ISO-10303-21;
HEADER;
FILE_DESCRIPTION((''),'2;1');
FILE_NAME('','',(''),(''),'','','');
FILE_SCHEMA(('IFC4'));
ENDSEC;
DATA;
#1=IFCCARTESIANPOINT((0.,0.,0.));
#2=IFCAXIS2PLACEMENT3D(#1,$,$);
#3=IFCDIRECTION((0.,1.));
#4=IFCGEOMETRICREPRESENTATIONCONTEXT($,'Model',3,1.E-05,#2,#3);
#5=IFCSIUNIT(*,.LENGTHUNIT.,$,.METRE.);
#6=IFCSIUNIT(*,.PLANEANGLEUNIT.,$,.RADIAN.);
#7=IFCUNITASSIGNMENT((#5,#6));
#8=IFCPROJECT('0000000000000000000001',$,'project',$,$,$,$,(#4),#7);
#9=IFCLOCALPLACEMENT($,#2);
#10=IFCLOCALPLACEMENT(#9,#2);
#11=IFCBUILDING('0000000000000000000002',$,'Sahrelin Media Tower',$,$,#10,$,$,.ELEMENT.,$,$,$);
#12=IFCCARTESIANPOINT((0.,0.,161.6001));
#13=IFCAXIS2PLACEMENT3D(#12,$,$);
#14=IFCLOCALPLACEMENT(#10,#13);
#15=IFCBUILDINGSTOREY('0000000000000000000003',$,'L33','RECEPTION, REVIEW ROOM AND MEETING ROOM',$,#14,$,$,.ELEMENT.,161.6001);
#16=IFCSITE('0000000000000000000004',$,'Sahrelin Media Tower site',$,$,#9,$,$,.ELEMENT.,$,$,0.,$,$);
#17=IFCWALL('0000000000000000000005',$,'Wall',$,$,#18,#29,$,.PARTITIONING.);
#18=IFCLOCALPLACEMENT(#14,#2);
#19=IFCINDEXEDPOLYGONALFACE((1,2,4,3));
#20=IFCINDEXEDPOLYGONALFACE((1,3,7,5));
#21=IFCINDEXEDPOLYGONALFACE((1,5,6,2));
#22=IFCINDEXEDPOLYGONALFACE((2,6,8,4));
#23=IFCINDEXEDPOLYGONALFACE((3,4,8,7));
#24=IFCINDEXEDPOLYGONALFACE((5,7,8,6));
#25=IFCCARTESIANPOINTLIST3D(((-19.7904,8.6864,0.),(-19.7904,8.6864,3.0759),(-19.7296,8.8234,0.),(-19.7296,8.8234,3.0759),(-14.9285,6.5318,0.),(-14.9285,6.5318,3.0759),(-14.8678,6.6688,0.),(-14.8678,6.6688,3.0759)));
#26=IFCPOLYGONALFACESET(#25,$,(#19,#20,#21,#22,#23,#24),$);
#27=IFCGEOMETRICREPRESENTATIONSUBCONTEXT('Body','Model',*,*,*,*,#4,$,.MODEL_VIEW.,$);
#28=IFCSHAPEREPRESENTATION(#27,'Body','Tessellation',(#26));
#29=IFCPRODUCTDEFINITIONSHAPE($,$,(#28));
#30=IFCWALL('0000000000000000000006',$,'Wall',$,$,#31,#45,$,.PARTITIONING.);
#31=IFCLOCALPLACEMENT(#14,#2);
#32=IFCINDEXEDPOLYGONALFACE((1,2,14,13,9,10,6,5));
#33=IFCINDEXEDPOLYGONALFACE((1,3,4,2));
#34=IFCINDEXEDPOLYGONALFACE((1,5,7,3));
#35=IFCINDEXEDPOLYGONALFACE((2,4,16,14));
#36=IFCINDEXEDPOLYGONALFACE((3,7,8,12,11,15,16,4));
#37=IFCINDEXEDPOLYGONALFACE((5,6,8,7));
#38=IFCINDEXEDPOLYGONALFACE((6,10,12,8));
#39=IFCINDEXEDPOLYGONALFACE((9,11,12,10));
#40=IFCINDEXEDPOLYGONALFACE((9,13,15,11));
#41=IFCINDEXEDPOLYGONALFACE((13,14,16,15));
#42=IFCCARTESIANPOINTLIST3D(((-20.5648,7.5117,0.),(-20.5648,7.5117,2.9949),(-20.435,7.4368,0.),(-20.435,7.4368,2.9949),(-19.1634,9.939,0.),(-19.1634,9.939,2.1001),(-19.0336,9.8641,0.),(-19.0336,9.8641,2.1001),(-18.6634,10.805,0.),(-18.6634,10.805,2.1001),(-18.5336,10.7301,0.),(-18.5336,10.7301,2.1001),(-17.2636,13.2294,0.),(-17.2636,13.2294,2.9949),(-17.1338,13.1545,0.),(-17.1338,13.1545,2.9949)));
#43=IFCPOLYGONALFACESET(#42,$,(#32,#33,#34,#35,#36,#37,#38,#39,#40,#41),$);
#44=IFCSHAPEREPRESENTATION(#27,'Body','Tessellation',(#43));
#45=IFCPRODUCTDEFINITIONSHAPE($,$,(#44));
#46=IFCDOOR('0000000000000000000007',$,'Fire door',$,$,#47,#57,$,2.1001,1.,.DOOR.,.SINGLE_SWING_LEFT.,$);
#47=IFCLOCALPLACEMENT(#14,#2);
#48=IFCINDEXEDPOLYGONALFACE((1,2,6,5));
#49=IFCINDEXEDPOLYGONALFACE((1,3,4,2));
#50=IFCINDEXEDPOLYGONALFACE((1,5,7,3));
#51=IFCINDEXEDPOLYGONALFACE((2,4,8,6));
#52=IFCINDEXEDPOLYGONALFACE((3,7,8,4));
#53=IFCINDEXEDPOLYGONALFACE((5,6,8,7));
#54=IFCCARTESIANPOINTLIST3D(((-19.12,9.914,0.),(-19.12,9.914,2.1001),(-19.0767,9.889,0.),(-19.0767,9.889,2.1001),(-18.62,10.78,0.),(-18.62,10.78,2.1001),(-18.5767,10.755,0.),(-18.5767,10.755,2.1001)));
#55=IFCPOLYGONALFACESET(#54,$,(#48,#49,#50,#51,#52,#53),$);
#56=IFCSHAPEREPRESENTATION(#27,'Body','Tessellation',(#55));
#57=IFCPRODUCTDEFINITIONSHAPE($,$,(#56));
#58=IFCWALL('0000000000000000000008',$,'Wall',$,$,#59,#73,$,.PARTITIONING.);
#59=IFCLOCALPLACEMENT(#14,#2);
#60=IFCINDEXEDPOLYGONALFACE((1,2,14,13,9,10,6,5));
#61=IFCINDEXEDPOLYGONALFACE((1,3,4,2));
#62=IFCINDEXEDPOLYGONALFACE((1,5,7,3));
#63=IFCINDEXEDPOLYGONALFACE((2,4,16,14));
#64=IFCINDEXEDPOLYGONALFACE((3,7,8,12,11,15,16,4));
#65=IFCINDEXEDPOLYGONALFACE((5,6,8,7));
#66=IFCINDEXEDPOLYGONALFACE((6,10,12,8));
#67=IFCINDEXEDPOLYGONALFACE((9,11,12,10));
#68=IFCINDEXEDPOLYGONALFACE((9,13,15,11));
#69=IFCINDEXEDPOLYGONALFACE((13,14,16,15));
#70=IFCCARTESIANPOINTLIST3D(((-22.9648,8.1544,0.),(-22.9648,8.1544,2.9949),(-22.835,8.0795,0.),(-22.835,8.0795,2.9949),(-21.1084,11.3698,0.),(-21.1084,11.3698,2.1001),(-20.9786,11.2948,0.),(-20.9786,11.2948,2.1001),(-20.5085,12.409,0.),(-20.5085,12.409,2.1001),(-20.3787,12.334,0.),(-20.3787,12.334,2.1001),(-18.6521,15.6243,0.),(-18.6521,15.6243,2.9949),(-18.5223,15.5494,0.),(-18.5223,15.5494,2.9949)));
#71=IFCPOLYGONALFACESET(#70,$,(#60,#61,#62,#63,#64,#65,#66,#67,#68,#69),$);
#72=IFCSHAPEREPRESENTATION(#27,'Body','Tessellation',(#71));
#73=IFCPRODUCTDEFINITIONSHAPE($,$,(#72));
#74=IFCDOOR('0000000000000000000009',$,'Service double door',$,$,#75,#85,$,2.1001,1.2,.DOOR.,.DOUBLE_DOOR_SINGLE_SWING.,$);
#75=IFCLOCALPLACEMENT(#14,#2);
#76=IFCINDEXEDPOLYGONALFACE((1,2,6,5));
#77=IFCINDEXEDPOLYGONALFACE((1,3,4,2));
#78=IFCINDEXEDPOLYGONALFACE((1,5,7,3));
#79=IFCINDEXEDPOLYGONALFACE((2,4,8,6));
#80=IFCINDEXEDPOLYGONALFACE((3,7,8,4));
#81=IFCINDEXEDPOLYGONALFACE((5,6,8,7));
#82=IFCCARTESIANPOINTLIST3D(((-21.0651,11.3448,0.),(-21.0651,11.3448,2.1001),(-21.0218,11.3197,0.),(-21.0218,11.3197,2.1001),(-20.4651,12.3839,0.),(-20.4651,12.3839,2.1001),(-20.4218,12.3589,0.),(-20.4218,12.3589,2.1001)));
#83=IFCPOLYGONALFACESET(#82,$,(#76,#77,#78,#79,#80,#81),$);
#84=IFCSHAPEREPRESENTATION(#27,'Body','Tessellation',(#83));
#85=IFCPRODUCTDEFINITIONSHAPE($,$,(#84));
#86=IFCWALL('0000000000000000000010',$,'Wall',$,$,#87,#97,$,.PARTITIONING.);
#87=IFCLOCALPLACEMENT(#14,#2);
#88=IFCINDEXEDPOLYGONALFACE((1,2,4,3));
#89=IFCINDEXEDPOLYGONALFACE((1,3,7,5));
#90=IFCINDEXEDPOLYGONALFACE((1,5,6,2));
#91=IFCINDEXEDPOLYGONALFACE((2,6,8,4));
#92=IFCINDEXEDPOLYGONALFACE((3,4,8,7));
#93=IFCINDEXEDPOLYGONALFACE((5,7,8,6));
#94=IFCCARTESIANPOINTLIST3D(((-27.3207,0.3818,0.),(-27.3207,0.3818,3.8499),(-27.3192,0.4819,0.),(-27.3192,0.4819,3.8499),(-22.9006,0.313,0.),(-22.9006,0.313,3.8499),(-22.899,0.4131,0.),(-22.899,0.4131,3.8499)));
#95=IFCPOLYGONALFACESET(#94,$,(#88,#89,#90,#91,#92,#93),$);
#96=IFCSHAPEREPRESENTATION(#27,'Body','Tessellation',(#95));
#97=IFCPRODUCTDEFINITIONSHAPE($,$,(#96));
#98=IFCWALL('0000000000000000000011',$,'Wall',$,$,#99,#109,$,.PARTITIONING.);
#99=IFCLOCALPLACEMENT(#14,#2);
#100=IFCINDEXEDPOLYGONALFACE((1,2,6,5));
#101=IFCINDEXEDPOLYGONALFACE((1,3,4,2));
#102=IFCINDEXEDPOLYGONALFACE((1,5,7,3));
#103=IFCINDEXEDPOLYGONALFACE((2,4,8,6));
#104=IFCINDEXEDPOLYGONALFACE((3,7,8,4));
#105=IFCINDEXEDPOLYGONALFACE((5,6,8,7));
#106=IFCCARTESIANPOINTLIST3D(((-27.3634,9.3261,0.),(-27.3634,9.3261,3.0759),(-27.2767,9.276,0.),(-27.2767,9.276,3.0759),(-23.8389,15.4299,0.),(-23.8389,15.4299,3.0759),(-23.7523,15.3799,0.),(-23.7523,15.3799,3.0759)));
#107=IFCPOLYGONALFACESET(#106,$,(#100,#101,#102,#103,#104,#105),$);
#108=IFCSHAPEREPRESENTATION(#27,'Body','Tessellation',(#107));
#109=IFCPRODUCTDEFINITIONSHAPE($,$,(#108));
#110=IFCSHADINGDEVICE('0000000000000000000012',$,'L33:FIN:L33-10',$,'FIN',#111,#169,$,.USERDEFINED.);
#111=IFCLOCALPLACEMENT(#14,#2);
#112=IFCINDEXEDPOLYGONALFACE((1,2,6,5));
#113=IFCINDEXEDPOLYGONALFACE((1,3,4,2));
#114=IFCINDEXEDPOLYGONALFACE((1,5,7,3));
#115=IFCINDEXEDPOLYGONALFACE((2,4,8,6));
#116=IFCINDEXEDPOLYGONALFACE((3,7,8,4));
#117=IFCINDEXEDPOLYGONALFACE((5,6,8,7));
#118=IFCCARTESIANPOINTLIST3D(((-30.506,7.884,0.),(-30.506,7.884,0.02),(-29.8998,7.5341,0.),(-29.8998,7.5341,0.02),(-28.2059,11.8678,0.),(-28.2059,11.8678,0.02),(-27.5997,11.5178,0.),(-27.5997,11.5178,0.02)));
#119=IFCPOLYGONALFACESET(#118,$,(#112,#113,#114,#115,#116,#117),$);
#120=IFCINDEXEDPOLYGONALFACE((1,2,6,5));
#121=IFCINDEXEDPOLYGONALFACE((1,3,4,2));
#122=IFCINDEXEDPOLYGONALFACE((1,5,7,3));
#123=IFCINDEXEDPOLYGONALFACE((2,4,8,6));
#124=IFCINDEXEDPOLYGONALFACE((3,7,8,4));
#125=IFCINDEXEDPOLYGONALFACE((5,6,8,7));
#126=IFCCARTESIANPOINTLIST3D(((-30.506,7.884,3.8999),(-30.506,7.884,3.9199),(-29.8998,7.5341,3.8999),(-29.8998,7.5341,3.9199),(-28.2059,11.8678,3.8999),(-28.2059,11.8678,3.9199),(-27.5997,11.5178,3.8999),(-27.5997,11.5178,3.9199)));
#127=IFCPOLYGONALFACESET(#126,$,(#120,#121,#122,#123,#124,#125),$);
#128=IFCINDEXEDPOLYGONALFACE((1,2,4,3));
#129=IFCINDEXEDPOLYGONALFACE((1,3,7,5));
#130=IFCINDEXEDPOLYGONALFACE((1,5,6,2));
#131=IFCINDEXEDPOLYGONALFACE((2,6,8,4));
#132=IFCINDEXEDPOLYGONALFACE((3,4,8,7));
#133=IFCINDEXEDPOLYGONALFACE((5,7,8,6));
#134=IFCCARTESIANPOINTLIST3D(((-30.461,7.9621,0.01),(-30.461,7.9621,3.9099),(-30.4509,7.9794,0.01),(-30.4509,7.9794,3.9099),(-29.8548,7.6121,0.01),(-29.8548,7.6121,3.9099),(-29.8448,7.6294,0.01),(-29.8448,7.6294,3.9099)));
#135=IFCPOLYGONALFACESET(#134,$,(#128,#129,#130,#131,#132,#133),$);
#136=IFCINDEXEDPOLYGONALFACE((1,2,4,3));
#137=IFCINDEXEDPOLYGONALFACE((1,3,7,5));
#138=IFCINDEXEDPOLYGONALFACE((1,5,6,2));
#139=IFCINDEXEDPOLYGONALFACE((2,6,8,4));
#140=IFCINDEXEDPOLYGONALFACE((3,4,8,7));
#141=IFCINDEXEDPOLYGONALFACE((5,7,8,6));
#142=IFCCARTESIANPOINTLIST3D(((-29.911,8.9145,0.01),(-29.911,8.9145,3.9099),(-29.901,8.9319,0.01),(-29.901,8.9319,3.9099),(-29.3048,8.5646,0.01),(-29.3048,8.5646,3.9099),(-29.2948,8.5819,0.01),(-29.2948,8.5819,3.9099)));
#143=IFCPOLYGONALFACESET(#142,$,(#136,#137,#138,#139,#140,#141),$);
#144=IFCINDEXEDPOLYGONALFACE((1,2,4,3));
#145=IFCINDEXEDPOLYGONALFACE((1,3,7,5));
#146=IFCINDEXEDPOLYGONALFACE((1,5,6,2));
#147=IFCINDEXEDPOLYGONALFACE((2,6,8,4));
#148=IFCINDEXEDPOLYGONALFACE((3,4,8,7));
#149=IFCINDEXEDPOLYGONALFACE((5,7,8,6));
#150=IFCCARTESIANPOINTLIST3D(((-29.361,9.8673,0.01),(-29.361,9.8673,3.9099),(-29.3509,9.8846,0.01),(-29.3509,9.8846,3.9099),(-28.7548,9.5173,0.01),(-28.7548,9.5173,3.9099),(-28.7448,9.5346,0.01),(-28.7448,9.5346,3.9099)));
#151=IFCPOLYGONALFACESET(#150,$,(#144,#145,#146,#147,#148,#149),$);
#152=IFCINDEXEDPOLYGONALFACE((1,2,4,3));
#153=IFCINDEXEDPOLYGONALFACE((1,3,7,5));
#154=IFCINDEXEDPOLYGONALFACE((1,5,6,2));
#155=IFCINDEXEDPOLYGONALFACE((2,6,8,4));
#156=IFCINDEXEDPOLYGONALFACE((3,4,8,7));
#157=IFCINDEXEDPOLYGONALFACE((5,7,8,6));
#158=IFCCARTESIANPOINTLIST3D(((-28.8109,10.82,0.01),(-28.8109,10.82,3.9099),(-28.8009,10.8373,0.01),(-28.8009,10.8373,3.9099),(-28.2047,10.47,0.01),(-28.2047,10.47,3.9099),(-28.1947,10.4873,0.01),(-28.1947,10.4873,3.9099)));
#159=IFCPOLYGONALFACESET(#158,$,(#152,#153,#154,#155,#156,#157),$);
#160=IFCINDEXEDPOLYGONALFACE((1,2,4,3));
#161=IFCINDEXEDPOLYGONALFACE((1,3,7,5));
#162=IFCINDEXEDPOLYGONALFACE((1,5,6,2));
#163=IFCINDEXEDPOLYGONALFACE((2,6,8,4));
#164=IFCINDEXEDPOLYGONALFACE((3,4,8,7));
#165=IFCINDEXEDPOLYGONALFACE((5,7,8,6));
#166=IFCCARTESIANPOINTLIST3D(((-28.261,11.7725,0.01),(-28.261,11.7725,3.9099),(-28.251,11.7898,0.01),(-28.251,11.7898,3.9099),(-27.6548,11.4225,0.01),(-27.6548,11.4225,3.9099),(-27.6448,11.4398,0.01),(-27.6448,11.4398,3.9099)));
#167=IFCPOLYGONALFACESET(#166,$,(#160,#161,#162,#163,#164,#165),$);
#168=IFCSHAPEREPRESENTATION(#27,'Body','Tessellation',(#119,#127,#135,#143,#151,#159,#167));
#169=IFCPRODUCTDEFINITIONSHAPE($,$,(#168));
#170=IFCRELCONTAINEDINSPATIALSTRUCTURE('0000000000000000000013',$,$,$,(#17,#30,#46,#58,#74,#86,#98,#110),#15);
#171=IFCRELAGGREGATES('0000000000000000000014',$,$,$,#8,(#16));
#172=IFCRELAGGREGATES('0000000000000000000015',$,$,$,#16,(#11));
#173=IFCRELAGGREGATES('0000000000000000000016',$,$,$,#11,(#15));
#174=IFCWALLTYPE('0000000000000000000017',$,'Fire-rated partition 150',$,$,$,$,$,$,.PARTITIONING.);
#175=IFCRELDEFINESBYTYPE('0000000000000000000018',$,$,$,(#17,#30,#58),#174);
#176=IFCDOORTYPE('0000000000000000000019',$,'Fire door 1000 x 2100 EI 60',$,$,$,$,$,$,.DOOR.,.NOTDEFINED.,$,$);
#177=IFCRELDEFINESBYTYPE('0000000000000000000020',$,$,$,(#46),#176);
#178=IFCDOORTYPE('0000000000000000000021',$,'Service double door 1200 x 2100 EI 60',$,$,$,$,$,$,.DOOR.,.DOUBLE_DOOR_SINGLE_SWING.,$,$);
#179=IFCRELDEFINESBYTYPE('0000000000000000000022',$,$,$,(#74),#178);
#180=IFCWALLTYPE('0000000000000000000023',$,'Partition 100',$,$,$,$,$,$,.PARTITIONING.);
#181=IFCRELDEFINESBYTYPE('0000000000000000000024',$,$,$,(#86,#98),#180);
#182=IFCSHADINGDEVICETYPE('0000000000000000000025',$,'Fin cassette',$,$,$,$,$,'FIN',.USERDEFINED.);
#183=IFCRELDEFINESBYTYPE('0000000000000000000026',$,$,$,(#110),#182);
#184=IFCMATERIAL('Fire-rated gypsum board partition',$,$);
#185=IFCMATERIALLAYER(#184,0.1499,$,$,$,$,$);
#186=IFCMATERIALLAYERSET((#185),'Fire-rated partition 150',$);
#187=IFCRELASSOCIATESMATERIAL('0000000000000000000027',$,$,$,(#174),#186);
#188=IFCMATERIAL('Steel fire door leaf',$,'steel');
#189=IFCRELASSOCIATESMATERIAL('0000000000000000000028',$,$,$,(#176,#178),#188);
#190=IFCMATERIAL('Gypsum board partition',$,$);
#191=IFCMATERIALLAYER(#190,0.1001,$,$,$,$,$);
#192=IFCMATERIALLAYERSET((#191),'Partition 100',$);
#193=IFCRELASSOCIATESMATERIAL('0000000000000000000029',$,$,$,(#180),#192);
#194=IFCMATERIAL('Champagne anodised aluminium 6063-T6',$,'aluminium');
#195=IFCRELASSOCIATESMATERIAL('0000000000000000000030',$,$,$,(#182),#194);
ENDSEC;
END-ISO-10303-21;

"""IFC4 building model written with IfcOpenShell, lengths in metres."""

from ifc_helpers import new_model, si_unit, direction, frame, frame_2d, origin, origin_2d, place, context, subcontext, project, spatial, rectangle, extrude, material, layer, layer_set, type_object, element, fill, save


model = new_model("IFC4")

# Units and contexts
model_context = context("Model", 3, precision=1e-05, world=origin(), true_north=direction((0.0, 1.0)))
body_context = subcontext(model_context, "Body", "Model", "MODEL_VIEW")
ifc_project = project(units=[si_unit("LENGTHUNIT", "METRE"), si_unit("PLANEANGLEUNIT", "RADIAN")], contexts=[model_context])

# Site, building, storey
site_placement = place(None, origin())
site = spatial("IfcSite", under=ifc_project, at=site_placement, Name="Sahrelin Media Tower site", CompositionType="ELEMENT", RefElevation=0.0)
building_placement = place(site_placement, origin())
building = spatial("IfcBuilding", under=site, at=building_placement, Name="Sahrelin Media Tower", CompositionType="ELEMENT")
storey_placement = place(building_placement, frame((0.0, 0.0, 161.6001)))
storey = spatial("IfcBuildingStorey", under=building, at=storey_placement, Name="L33", Description="RECEPTION, REVIEW ROOM AND MEETING ROOM", CompositionType="ELEMENT", Elevation=161.6001)

# Shared definitions
ifc_material_1 = material(Name="Champagne anodised aluminium 6063-T6", Category="aluminium")

# Wall
ifc_material_2 = material(Name="Fire-rated gypsum board partition")
ifc_layer_1 = layer(ifc_material_2, 0.1499)
ifc_layer_set_1 = layer_set([ifc_layer_1], Name="Fire-rated partition 150")
wall_type_1 = type_object("IfcWallType", Name="Fire-rated partition 150", PredefinedType="PARTITIONING", material=ifc_layer_set_1)
wall_1_placement = place(storey_placement, frame((-19.76, 8.7549, 0.0), z_axis=(0.0, 0.0, 1.0), x_axis=(0.914248, -0.405154, 0.0)))
element("IfcWall", 1, at=wall_1_placement, inside=storey, type_object=wall_type_1, Name="Wall", PredefinedType="PARTITIONING", context=body_context, shape_type="SweptSolid", body=[
    extrude(rectangle(XDim=5.3179, YDim=0.1499, at=frame_2d((2.6589, 0.0))), origin(), (0.0, 0.0, 1.0), 3.0759),
])

# Walls, openings, doors
wall_2_placement = place(storey_placement, frame((-20.5, 7.4741, 0.0), z_axis=(0.0, 0.0, 1.0), x_axis=(0.500013, 0.866018, 0.0)))
wall_2 = element("IfcWall", 2, at=wall_2_placement, inside=storey, type_object=wall_type_1, Name="Wall", PredefinedType="PARTITIONING", context=body_context, shape_type="SweptSolid", body=[
    extrude(rectangle(XDim=6.6023, YDim=0.1499, at=frame_2d((3.3013, 0.0))), origin(), (0.0, 0.0, 1.0), 2.9949),
])
opening_1_placement = place(wall_2_placement, frame((2.803, 0.0, 0.0)))
opening_1 = element("IfcOpeningElement", 3, at=opening_1_placement, cuts=wall_2, PredefinedType="OPENING", context=body_context, shape_type="SweptSolid", body=[
    extrude(rectangle(XDim=1.0, YDim=2.1001, at=frame_2d((0.5, 1.05))), frame((0.0, 0.075, 0.0), z_axis=(0.0, -1.0, 0.0), x_axis=(1.0, 0.0, 0.0)), (0.0, 0.0, 1.0), 0.1499),
])
ifc_material_3 = material(Name="Steel fire door leaf", Category="steel")
door_type_1 = type_object("IfcDoorType", Name="Fire door 1000 x 2100 EI 60", OperationType="NOTDEFINED", PredefinedType="DOOR", material=ifc_material_3)
door_1_placement = place(opening_1_placement, origin())
door_1 = element("IfcDoor", 4, at=door_1_placement, inside=storey, type_object=door_type_1, Name="Fire door", OperationType="SINGLE_SWING_LEFT", OverallHeight=2.1001, OverallWidth=1.0, PredefinedType="DOOR", context=body_context, shape_type="SweptSolid", body=[
    extrude(rectangle(XDim=1.0, YDim=2.1001, at=frame_2d((0.5, 1.05))), frame((0.0, 0.0249, 0.0), z_axis=(0.0, -1.0, 0.0), x_axis=(1.0, 0.0, 0.0)), (0.0, 0.0, 1.0), 0.05),
])
fill(opening_1, door_1)
wall_3_placement = place(storey_placement, frame((-22.8999, 8.1169, 0.0), z_axis=(0.0, 0.0, 1.0), x_axis=(0.499996, 0.866028, 0.0)))
wall_3 = element("IfcWall", 5, at=wall_3_placement, inside=storey, type_object=wall_type_1, Name="Wall", PredefinedType="PARTITIONING", context=body_context, shape_type="SweptSolid", body=[
    extrude(rectangle(XDim=8.6255, YDim=0.1499, at=frame_2d((4.3127, 0.0))), origin(), (0.0, 0.0, 1.0), 2.9949),
])
opening_2_placement = place(wall_3_placement, frame((3.7126, 0.0, 0.0)))
opening_2 = element("IfcOpeningElement", 6, at=opening_2_placement, cuts=wall_3, PredefinedType="OPENING", context=body_context, shape_type="SweptSolid", body=[
    extrude(rectangle(XDim=1.2, YDim=2.1001, at=frame_2d((0.6001, 1.05))), frame((0.0, 0.075, 0.0), z_axis=(0.0, -1.0, 0.0), x_axis=(1.0, 0.0, 0.0)), (0.0, 0.0, 1.0), 0.1499),
])
door_type_2 = type_object("IfcDoorType", Name="Service double door 1200 x 2100 EI 60", OperationType="DOUBLE_DOOR_SINGLE_SWING", PredefinedType="DOOR", material=ifc_material_3)
door_2_placement = place(opening_2_placement, origin())
door_2 = element("IfcDoor", 7, at=door_2_placement, inside=storey, type_object=door_type_2, Name="Service double door", OperationType="DOUBLE_DOOR_SINGLE_SWING", OverallHeight=2.1001, OverallWidth=1.2, PredefinedType="DOOR", context=body_context, shape_type="SweptSolid", body=[
    extrude(rectangle(XDim=1.2, YDim=2.1001, at=frame_2d((0.6001, 1.05))), frame((0.0, 0.0249, 0.0), z_axis=(0.0, -1.0, 0.0), x_axis=(1.0, 0.0, 0.0)), (0.0, 0.0, 1.0), 0.05),
])
fill(opening_2, door_2)

# Walls
ifc_material_4 = material(Name="Gypsum board partition")
ifc_layer_2 = layer(ifc_material_4, 0.1001)
ifc_layer_set_2 = layer_set([ifc_layer_2], Name="Partition 100")
wall_type_2 = type_object("IfcWallType", Name="Partition 100", PredefinedType="PARTITIONING", material=ifc_layer_set_2)
wall_4_placement = place(storey_placement, frame((-27.3201, 0.4319, 0.0), z_axis=(0.0, 0.0, 1.0), x_axis=(0.999879, -0.015574, 0.0)))
element("IfcWall", 8, at=wall_4_placement, inside=storey, type_object=wall_type_2, Name="Wall", PredefinedType="PARTITIONING", context=body_context, shape_type="SweptSolid", body=[
    extrude(rectangle(XDim=4.4207, YDim=0.1001, at=frame_2d((2.2104, 0.0))), origin(), (0.0, 0.0, 1.0), 3.8499),
])
wall_5_placement = place(storey_placement, frame((-27.3201, 9.301, 0.0), z_axis=(0.0, 0.0, 1.0), x_axis=(0.500043, 0.866, 0.0)))
element("IfcWall", 9, at=wall_5_placement, inside=storey, type_object=wall_type_2, Name="Wall", PredefinedType="PARTITIONING", context=body_context, shape_type="SweptSolid", body=[
    extrude(rectangle(XDim=7.0483, YDim=0.1001, at=frame_2d((3.5242, 0.0))), origin(), (0.0, 0.0, 1.0), 3.0759),
])

# Shading device
shading_device_type_1 = type_object("IfcShadingDeviceType", Name="Fin cassette", ElementType="FIN", PredefinedType="USERDEFINED", material=ifc_material_1)
placement_1 = place(storey_placement, frame((-28.6892, 9.491, 0.0), z_axis=(0.0, 0.0, 1.0), x_axis=(0.500011, 0.866019, 0.0)))
element("IfcShadingDevice", 10, at=placement_1, inside=storey, type_object=shading_device_type_1, Name="L33:FIN:L33-10", ObjectType="FIN", PredefinedType="USERDEFINED", context=body_context, shape_type="SweptSolid", body=[
    extrude(rectangle(XDim=4.6001, YDim=0.7, at=origin_2d()), frame((0.0, 0.4199, 0.0)), (0.0, 0.0, 1.0), 0.02),
    extrude(rectangle(XDim=4.6001, YDim=0.7, at=origin_2d()), frame((0.0, 0.4199, 3.8999)), (0.0, 0.0, 1.0), 0.02),
    extrude(rectangle(XDim=0.02, YDim=0.7, at=origin_2d()), frame((-2.2, 0.4199, 0.01), z_axis=(0.0, 0.0, 1.0), x_axis=(1.0, 0.0, 0.0)), (0.0, 0.0, 1.0), 3.8999),
    extrude(rectangle(XDim=0.02, YDim=0.7, at=origin_2d()), frame((-1.1001, 0.4199, 0.01), z_axis=(0.0, 0.0, 1.0), x_axis=(1.0, 0.0, 0.0)), (0.0, 0.0, 1.0), 3.8999),
    extrude(rectangle(XDim=0.02, YDim=0.7, at=origin_2d()), frame((0.0, 0.4199, 0.01), z_axis=(0.0, 0.0, 1.0), x_axis=(1.0, 0.0, 0.0)), (0.0, 0.0, 1.0), 3.8999),
    extrude(rectangle(XDim=0.02, YDim=0.7, at=origin_2d()), frame((1.1001, 0.4199, 0.01), z_axis=(0.0, 0.0, 1.0), x_axis=(1.0, 0.0, 0.0)), (0.0, 0.0, 1.0), 3.8999),
    extrude(rectangle(XDim=0.02, YDim=0.7, at=origin_2d()), frame((2.2, 0.4199, 0.01), z_axis=(0.0, 0.0, 1.0), x_axis=(1.0, 0.0, 0.0)), (0.0, 0.0, 1.0), 3.8999),
])

save(model, "model.ifc")
